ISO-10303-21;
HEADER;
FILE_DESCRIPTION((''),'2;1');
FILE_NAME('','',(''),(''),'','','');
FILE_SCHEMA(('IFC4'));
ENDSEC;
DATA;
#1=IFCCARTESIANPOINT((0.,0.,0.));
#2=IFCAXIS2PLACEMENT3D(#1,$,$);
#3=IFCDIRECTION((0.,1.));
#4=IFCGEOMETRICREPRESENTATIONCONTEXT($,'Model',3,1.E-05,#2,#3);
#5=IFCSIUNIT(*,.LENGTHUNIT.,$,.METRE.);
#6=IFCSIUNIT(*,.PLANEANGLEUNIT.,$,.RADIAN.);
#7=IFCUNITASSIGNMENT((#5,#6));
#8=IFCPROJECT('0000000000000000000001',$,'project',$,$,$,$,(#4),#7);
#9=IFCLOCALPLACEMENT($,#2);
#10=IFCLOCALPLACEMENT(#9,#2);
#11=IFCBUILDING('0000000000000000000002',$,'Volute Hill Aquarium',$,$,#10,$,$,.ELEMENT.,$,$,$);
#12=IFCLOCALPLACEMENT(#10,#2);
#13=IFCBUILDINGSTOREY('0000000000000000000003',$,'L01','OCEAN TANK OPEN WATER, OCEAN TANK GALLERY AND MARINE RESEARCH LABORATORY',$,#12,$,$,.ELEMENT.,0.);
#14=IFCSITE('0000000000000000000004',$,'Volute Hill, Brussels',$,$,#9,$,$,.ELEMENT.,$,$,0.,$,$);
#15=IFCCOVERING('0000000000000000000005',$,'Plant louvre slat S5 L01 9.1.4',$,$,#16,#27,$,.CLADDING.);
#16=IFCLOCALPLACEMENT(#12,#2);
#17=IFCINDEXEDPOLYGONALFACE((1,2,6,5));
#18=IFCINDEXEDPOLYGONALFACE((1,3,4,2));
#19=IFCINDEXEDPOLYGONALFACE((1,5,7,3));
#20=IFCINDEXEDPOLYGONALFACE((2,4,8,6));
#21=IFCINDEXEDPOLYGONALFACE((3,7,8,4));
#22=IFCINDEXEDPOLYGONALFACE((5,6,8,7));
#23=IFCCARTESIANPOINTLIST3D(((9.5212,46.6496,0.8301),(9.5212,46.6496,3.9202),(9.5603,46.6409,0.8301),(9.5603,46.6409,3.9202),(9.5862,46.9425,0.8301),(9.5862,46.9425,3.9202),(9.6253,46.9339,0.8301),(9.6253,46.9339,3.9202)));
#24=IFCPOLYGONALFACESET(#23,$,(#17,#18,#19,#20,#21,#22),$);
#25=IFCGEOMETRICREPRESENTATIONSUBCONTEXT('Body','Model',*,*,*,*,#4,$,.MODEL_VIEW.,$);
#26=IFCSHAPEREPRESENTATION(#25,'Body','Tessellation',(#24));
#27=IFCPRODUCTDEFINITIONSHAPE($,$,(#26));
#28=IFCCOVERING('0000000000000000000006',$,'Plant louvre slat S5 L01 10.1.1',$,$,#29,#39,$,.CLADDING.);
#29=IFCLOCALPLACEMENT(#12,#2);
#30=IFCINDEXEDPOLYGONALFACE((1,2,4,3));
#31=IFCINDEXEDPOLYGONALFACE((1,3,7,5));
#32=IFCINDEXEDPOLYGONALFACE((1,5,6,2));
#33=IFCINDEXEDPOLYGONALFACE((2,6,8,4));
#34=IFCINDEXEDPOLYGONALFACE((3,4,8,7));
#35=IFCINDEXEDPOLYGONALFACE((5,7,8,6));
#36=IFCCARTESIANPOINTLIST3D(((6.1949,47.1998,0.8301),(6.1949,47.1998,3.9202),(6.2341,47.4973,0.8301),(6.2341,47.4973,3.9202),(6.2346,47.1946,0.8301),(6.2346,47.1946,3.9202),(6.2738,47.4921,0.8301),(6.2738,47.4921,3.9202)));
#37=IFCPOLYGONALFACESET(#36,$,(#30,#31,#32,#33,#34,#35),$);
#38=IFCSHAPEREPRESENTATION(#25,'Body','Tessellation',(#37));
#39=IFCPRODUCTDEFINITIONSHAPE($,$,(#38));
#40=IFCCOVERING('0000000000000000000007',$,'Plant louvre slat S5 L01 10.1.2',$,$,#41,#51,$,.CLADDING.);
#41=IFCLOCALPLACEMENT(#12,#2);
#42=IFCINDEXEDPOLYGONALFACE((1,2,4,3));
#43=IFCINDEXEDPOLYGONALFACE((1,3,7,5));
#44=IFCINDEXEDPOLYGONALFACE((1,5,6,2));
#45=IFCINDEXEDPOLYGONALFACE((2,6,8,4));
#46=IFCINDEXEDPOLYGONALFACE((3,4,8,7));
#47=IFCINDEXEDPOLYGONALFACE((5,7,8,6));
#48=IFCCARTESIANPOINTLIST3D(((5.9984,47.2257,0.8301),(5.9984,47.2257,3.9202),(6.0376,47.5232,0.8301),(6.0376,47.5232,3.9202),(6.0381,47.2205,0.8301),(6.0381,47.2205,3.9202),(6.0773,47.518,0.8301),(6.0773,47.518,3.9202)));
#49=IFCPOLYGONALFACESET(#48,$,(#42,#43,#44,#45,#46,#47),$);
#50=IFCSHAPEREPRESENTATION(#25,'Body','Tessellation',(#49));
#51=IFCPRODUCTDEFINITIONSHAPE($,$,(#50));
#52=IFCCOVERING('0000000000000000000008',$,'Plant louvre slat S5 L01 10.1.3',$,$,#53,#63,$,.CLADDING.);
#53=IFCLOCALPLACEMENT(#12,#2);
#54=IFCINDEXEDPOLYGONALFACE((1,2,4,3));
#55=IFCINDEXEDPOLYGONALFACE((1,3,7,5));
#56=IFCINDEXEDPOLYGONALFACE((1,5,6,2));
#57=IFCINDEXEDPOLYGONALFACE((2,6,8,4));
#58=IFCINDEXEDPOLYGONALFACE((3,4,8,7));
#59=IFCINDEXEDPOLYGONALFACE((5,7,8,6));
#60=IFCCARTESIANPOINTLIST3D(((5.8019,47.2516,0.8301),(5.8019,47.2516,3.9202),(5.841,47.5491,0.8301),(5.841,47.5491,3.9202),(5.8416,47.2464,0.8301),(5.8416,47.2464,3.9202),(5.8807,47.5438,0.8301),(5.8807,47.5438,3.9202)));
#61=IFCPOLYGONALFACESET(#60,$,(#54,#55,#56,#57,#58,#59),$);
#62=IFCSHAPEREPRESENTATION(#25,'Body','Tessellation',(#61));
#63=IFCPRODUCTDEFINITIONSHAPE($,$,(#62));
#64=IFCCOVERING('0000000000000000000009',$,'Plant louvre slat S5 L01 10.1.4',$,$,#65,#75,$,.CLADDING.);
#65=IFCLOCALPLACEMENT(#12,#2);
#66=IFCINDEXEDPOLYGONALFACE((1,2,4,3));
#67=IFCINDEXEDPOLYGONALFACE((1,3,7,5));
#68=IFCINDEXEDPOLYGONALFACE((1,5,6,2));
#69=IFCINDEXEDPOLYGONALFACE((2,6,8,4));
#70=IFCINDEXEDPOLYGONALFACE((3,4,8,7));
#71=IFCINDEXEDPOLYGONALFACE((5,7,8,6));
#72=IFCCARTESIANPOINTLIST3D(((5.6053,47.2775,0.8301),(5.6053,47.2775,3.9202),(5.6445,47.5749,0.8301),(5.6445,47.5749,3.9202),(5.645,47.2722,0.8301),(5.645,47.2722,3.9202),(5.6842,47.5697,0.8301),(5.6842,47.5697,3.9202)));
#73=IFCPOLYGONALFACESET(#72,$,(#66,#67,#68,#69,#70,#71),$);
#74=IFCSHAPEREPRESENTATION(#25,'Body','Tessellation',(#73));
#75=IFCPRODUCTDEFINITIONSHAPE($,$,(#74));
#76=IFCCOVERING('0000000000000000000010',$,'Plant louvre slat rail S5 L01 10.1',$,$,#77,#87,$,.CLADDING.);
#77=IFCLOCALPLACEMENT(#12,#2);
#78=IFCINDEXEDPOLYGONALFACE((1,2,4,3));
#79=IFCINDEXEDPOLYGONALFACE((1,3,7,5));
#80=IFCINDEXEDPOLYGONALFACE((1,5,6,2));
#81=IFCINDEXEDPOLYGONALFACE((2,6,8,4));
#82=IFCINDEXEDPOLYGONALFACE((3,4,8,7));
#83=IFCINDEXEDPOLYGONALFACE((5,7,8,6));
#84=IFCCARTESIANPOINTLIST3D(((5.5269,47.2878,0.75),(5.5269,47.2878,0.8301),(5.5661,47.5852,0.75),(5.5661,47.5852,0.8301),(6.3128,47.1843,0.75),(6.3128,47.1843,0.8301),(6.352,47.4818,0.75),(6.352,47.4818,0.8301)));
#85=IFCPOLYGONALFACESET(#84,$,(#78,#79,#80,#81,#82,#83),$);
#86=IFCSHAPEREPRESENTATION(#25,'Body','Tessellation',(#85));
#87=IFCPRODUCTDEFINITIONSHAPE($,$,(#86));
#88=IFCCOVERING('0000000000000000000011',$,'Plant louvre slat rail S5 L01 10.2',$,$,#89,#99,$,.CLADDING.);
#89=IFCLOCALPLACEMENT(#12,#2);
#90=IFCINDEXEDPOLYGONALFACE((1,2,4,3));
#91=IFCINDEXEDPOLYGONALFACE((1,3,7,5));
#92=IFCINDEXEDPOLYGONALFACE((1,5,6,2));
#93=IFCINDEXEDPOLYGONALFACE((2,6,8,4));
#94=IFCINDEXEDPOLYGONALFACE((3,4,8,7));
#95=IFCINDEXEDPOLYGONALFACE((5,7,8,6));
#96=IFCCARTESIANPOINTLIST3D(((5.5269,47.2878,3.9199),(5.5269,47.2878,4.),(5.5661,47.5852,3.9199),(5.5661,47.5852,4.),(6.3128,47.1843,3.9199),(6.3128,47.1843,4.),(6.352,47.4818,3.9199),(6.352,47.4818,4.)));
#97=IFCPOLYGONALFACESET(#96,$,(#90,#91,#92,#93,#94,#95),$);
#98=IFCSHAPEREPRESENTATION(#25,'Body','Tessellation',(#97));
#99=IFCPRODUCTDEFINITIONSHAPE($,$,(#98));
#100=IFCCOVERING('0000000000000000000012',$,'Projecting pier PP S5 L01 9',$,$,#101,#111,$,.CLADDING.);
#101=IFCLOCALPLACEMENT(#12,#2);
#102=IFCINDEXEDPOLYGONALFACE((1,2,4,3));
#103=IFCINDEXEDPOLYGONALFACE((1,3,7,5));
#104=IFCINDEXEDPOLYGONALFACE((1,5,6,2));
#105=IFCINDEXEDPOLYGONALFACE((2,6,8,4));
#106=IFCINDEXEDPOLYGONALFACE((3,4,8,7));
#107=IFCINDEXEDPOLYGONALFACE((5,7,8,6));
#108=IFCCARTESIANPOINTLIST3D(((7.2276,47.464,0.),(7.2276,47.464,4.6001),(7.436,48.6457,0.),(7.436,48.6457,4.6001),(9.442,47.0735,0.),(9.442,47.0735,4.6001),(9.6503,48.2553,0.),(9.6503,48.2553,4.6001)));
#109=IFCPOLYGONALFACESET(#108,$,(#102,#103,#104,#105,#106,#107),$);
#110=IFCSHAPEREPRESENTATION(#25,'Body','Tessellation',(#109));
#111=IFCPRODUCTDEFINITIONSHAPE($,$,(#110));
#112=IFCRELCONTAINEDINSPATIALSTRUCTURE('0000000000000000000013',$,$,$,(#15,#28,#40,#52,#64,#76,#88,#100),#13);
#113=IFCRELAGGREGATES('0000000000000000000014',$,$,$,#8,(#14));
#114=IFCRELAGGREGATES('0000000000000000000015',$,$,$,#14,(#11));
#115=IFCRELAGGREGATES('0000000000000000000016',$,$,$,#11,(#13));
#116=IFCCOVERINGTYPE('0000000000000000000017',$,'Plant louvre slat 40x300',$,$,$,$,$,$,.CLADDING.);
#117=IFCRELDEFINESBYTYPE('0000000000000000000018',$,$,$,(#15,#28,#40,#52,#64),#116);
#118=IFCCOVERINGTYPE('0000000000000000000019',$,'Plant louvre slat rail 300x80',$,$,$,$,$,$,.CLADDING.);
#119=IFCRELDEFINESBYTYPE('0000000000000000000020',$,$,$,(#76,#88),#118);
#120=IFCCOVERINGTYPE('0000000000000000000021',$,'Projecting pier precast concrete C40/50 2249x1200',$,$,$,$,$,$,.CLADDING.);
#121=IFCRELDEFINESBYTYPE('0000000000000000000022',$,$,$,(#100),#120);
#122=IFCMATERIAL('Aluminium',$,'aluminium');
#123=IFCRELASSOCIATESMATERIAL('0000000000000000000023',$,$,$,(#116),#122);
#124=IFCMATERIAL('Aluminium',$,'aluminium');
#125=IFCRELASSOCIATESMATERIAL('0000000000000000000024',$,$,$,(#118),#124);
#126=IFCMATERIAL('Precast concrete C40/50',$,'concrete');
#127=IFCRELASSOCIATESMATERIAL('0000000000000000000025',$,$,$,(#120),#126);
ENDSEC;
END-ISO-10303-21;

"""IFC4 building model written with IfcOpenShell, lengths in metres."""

from ifc_helpers import new_model, si_unit, direction, frame, origin, origin_2d, place, context, subcontext, project, spatial, rectangle, extrude, material, type_object, element, save


model = new_model("IFC4")

# Units and contexts
model_context = context("Model", 3, precision=1e-05, world=origin(), true_north=direction((0.0, 1.0)))
body_context = subcontext(model_context, "Body", "Model", "MODEL_VIEW")
ifc_project = project(units=[si_unit("LENGTHUNIT", "METRE"), si_unit("PLANEANGLEUNIT", "RADIAN")], contexts=[model_context])

# Site, building, storey
site_placement = place(None, origin())
site = spatial("IfcSite", under=ifc_project, at=site_placement, Name="Volute Hill, Brussels", CompositionType="ELEMENT", RefElevation=0.0)
building_placement = place(site_placement, origin())
building = spatial("IfcBuilding", under=site, at=building_placement, Name="Volute Hill Aquarium", CompositionType="ELEMENT")
storey_placement = place(building_placement, origin())
storey = spatial("IfcBuildingStorey", under=building, at=storey_placement, Name="L01", Description="OCEAN TANK OPEN WATER, OCEAN TANK GALLERY AND MARINE RESEARCH LABORATORY", CompositionType="ELEMENT", Elevation=0.0)

# Coverings
ifc_material_1 = material(Name="Aluminium", Category="aluminium")
covering_type_1 = type_object("IfcCoveringType", Name="Plant louvre slat 40x300", PredefinedType="CLADDING", material=ifc_material_1)
for number, where, z_axis, x_axis, name in (
    (1, (9.5732, 46.7917, 0.8301), (0.0, 0.0, 1.0), (-0.9763, 0.216423, 0.0), "Plant louvre slat S5 L01 9.1.4"),
    (2, (6.2344, 47.3459, 0.8301), (0.0, 0.0, 1.0), (-0.991443, 0.130544, 0.0), "Plant louvre slat S5 L01 10.1.1"),
    (3, (6.0378, 47.3718, 0.8301), (0.0, 0.0, 1.0), (-0.991443, 0.130544, 0.0), "Plant louvre slat S5 L01 10.1.2"),
    (4, (5.8413, 47.3977, 0.8301), (0.0, 0.0, 1.0), (-0.991443, 0.130544, 0.0), "Plant louvre slat S5 L01 10.1.3"),
    (5, (5.6448, 47.4236, 0.8301), (0.0, 0.0, 1.0), (-0.991443, 0.130544, 0.0), "Plant louvre slat S5 L01 10.1.4"),
):
    element("IfcCovering", number, at=place(storey_placement, frame(where, z_axis=z_axis, x_axis=x_axis)), inside=storey, type_object=covering_type_1, Name=name, PredefinedType="CLADDING", context=body_context, shape_type="SweptSolid", body=[
        extrude(rectangle(XDim=0.04, YDim=0.3, at=origin_2d()), origin(), (0.0, 0.0, 1.0), 3.0901),
    ])
ifc_material_2 = material(Name="Aluminium", Category="aluminium")
covering_type_2 = type_object("IfcCoveringType", Name="Plant louvre slat rail 300x80", PredefinedType="CLADDING", material=ifc_material_2)
for number, where, z_axis, x_axis, name in (
    (6, (5.9395, 47.3848, 0.75), (0.0, 0.0, 1.0), (-0.991443, 0.130544, 0.0), "Plant louvre slat rail S5 L01 10.1"),
    (7, (5.9395, 47.3848, 3.9199), (0.0, 0.0, 1.0), (-0.991443, 0.130544, 0.0), "Plant louvre slat rail S5 L01 10.2"),
):
    element("IfcCovering", number, at=place(storey_placement, frame(where, z_axis=z_axis, x_axis=x_axis)), inside=storey, type_object=covering_type_2, Name=name, PredefinedType="CLADDING", context=body_context, shape_type="SweptSolid", body=[
        extrude(rectangle(XDim=0.7927, YDim=0.3, at=origin_2d()), origin(), (0.0, 0.0, 1.0), 0.0801),
    ])
ifc_material_3 = material(Name="Precast concrete C40/50", Category="concrete")
covering_type_3 = type_object("IfcCoveringType", Name="Projecting pier precast concrete C40/50 2249x1200", PredefinedType="CLADDING", material=ifc_material_3)
covering_1_placement = place(storey_placement, frame((8.439, 47.8596, 0.0), z_axis=(0.0, 0.0, 1.0), x_axis=(-0.984808, 0.173648, 0.0)))
element("IfcCovering", 8, at=covering_1_placement, inside=storey, type_object=covering_type_3, Name="Projecting pier PP S5 L01 9", PredefinedType="CLADDING", context=body_context, shape_type="SweptSolid", body=[
    extrude(rectangle(XDim=2.2485, YDim=1.2, at=origin_2d()), origin(), (0.0, 0.0, 1.0), 4.6001),
])

save(model, "model.ifc")
